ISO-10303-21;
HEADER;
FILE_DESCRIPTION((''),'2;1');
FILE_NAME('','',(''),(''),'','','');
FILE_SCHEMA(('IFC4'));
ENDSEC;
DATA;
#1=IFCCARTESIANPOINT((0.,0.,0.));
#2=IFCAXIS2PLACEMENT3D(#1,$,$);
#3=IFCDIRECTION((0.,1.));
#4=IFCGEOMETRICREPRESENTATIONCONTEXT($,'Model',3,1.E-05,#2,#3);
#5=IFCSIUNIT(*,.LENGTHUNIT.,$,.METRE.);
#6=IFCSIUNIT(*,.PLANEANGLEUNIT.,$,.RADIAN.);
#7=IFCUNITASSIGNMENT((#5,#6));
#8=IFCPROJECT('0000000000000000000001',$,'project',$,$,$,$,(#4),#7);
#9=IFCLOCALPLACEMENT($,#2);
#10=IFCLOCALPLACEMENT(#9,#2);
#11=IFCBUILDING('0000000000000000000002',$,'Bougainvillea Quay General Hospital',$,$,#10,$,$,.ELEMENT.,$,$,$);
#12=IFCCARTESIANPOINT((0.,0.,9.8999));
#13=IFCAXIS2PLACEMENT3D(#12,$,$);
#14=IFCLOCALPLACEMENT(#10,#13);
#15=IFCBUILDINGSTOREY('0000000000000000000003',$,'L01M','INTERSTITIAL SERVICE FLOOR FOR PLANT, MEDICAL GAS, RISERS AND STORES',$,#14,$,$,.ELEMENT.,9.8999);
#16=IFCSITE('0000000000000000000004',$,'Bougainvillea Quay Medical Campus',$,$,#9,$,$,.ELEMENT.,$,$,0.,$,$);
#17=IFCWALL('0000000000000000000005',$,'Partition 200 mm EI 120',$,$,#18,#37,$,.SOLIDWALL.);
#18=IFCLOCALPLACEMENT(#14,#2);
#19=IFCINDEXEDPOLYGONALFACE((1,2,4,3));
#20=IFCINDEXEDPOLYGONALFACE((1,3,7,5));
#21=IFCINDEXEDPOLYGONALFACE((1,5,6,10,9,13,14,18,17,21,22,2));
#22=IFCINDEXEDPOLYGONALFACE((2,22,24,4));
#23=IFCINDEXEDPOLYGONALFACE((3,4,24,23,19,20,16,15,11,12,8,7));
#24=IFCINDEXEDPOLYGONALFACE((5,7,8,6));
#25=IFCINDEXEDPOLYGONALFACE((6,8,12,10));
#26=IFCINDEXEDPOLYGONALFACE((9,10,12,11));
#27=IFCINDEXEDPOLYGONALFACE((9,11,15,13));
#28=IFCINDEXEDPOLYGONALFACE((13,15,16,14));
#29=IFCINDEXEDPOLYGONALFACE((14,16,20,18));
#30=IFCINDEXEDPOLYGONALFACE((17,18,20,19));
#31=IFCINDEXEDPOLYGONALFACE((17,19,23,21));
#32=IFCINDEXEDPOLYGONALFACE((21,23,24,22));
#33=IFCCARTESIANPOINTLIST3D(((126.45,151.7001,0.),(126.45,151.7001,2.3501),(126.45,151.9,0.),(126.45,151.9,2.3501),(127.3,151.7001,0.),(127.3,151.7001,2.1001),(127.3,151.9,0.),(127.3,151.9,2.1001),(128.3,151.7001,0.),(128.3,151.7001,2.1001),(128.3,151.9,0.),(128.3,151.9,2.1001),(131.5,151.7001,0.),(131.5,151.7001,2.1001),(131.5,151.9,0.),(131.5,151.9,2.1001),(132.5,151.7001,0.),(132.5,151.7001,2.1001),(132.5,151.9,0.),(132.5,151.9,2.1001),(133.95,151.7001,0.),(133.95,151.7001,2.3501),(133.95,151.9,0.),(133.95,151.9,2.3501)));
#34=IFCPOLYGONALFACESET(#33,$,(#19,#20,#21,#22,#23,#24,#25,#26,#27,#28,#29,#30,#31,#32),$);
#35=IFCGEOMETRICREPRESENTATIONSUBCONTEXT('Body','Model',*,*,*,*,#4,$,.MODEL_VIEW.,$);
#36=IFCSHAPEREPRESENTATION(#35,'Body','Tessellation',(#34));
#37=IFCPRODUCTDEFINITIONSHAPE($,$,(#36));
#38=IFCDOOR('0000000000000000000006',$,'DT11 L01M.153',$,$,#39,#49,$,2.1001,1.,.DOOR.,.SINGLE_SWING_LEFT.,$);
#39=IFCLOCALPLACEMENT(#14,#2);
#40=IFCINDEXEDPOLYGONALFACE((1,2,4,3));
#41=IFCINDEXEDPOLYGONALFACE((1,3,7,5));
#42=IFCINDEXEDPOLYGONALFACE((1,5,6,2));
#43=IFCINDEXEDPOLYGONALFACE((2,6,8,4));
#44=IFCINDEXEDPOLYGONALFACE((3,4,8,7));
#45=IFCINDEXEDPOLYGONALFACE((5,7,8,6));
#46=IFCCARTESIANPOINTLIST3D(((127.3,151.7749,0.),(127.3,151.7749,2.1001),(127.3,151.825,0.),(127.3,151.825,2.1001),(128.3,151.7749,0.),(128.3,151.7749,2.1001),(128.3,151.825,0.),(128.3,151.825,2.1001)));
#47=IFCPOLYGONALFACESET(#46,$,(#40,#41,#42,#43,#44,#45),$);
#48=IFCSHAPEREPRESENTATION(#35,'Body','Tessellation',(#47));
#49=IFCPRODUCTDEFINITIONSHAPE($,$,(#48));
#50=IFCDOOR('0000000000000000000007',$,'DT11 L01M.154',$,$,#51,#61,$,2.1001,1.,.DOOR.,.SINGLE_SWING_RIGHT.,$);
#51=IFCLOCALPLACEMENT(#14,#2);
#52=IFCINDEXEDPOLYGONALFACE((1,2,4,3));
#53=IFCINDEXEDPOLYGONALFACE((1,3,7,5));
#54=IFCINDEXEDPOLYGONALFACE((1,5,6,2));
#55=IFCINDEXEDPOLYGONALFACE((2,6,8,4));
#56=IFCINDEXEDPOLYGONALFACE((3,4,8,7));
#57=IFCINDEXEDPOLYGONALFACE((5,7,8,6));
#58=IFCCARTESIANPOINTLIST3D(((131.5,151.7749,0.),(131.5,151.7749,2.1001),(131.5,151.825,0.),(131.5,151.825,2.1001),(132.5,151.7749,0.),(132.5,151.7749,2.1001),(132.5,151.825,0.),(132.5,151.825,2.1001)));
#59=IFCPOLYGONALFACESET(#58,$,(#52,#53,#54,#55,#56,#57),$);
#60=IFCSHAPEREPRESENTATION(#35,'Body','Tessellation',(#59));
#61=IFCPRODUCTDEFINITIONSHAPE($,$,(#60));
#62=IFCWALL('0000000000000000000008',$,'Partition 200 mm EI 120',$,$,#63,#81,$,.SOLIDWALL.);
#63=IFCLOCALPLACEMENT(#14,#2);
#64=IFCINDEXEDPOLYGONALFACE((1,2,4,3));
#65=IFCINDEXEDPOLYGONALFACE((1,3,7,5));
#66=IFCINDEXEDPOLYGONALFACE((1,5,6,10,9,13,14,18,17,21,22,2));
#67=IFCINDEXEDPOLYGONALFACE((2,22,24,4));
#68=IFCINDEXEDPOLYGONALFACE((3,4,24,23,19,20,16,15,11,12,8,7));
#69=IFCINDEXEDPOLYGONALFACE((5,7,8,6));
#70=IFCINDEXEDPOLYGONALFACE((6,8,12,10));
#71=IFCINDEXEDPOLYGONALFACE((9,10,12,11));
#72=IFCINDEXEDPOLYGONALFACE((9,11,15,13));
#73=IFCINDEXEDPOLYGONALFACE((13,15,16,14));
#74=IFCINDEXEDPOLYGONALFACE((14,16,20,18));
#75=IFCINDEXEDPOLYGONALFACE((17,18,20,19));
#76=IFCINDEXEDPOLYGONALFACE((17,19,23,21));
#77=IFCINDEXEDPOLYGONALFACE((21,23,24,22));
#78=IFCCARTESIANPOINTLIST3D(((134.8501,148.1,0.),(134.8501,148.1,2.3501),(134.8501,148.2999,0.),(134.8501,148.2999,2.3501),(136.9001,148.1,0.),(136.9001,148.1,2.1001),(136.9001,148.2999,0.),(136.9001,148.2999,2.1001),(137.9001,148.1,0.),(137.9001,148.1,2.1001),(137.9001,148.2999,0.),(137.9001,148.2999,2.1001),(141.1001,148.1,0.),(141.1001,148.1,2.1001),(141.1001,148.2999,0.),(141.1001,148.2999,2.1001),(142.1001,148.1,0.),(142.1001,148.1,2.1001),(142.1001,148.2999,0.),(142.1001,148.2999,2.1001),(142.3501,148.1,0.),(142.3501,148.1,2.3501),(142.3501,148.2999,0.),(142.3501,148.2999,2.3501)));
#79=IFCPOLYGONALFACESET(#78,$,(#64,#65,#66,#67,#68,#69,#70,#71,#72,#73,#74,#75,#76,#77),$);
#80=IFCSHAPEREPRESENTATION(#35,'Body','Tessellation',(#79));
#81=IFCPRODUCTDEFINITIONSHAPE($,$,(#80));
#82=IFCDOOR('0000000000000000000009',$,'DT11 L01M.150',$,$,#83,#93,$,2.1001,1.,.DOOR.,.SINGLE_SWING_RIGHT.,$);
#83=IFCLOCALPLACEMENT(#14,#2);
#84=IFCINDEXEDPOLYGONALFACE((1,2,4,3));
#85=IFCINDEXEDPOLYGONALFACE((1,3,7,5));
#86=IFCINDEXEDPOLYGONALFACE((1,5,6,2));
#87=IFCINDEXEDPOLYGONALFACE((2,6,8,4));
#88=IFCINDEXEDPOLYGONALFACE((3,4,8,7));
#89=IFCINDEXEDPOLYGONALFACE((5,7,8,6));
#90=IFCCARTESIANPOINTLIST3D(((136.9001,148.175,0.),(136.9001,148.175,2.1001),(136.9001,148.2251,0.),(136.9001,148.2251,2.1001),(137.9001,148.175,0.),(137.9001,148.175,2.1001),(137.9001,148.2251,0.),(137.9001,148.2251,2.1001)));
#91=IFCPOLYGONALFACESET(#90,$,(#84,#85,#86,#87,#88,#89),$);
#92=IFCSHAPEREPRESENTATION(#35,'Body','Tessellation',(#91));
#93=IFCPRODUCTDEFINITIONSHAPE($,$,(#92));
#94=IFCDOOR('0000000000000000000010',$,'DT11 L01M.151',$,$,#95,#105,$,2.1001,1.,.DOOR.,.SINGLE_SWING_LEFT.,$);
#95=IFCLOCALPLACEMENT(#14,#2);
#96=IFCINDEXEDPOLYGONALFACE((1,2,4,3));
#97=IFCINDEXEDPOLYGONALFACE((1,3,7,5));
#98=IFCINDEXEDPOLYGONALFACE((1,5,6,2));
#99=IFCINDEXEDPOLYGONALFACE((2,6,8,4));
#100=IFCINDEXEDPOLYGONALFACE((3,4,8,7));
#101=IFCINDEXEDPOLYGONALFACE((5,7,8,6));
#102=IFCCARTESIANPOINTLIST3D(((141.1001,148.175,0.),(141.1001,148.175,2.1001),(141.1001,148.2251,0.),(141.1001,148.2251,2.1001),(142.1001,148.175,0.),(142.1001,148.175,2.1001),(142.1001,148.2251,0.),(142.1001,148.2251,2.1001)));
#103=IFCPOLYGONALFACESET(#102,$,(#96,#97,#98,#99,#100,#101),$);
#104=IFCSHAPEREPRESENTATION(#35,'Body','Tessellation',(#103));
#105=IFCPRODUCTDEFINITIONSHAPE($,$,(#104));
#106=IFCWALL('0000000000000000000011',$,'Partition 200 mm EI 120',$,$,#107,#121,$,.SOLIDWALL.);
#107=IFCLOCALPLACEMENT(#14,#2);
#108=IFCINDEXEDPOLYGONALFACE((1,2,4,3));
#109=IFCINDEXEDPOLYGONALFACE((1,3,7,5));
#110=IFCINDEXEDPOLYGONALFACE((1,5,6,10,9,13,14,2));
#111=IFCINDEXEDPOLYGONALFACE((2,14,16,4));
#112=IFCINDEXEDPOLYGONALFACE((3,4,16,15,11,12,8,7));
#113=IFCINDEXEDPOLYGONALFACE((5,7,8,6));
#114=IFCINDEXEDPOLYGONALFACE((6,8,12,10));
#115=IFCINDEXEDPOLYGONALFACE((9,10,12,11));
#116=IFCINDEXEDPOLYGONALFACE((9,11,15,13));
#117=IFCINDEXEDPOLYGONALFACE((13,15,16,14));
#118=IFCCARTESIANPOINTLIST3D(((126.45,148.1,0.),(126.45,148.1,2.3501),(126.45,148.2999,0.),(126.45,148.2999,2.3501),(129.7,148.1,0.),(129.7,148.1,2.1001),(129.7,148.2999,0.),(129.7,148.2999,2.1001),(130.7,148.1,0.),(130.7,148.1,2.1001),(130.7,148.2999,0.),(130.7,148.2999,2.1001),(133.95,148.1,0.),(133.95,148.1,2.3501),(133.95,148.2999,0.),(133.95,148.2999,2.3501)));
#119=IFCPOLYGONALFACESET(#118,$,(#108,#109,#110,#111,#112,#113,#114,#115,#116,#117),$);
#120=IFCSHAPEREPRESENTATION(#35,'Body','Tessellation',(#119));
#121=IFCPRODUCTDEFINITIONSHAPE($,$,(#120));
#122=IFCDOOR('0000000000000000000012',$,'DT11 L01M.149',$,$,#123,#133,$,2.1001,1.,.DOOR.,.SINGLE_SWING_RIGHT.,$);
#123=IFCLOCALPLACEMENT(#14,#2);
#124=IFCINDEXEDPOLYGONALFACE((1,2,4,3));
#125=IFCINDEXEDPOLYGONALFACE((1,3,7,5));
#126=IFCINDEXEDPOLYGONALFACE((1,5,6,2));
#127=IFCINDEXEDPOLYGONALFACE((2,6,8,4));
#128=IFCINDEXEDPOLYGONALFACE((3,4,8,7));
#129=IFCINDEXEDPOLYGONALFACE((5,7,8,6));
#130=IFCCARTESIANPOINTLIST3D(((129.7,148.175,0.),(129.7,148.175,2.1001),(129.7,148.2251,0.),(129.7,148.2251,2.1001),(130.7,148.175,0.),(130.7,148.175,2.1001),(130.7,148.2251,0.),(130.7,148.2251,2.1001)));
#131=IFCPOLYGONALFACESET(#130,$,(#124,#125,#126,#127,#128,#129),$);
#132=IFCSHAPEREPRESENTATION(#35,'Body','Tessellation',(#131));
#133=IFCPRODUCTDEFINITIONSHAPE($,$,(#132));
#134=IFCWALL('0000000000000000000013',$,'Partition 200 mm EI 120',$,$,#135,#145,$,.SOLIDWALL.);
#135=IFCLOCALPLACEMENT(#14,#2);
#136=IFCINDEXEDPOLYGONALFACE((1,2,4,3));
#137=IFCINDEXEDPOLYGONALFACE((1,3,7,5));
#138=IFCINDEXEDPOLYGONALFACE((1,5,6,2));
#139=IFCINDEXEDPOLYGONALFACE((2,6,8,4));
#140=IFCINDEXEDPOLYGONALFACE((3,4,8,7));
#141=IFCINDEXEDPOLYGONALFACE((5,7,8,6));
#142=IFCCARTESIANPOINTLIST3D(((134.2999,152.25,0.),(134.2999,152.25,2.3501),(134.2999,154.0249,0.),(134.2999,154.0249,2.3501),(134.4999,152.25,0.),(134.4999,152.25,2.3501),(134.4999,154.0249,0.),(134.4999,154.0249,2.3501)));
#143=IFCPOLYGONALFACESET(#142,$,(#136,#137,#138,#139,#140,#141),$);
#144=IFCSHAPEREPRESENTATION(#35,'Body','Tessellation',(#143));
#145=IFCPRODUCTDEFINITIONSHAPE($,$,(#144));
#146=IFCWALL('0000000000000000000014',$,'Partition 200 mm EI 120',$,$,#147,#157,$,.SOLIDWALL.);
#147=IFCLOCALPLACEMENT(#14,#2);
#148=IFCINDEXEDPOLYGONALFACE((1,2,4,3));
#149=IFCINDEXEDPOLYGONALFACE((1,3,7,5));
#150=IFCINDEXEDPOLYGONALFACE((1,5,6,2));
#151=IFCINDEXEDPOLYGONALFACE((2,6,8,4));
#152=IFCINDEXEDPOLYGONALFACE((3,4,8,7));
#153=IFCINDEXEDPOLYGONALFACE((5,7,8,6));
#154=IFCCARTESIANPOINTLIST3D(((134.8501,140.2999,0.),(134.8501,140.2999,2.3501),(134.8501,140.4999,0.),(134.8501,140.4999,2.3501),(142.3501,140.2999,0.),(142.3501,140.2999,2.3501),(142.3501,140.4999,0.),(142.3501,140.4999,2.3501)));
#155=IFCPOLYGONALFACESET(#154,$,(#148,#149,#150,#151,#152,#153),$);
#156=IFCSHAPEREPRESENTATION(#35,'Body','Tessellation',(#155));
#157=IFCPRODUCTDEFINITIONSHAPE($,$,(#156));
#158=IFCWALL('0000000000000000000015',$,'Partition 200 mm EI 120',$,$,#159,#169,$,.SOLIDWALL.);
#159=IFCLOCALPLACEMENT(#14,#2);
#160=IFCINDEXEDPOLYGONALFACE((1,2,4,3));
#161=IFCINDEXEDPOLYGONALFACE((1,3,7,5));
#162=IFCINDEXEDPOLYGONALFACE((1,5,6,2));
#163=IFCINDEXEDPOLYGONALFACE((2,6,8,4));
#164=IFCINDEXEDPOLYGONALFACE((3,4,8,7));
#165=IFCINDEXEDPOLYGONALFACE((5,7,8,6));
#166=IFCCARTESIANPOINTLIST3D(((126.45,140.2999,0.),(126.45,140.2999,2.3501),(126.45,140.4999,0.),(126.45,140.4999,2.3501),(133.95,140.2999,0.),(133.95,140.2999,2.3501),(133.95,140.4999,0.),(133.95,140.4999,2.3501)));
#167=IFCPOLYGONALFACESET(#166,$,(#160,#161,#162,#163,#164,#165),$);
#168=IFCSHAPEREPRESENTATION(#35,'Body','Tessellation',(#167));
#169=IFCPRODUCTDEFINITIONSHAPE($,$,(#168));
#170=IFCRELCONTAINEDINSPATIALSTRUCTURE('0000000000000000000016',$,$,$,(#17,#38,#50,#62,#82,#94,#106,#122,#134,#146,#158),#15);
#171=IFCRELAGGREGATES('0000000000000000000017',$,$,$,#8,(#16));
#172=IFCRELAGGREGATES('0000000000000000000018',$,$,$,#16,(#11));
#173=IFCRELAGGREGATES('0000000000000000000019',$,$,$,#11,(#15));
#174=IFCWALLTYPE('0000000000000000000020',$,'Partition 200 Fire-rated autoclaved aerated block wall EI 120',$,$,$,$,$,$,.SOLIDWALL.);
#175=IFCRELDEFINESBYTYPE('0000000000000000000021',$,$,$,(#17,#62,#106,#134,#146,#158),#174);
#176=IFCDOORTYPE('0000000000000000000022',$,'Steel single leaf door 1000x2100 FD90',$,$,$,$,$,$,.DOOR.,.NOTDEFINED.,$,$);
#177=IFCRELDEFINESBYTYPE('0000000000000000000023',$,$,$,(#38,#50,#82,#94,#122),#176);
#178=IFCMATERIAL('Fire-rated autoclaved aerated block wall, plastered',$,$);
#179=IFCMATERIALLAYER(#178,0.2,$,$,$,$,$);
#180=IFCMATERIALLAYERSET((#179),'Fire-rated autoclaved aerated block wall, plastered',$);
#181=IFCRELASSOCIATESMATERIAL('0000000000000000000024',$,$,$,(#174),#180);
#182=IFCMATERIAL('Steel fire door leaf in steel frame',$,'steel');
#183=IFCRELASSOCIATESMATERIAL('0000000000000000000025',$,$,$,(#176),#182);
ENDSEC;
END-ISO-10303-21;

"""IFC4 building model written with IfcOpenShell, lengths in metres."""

from ifc_helpers import new_model, si_unit, direction, frame, frame_2d, origin, place, context, subcontext, project, spatial, rectangle, extrude, material, layer, layer_set, type_object, element, fill, save


model = new_model("IFC4")

# Units and contexts
model_context = context("Model", 3, precision=1e-05, world=origin(), true_north=direction((0.0, 1.0)))
body_context = subcontext(model_context, "Body", "Model", "MODEL_VIEW")
ifc_project = project(units=[si_unit("LENGTHUNIT", "METRE"), si_unit("PLANEANGLEUNIT", "RADIAN")], contexts=[model_context])

# Site, building, storey
site_placement = place(None, origin())
site = spatial("IfcSite", under=ifc_project, at=site_placement, Name="Bougainvillea Quay Medical Campus", CompositionType="ELEMENT", RefElevation=0.0)
building_placement = place(site_placement, origin())
building = spatial("IfcBuilding", under=site, at=building_placement, Name="Bougainvillea Quay General Hospital", CompositionType="ELEMENT")
storey_placement = place(building_placement, frame((0.0, 0.0, 9.8999)))
storey = spatial("IfcBuildingStorey", under=building, at=storey_placement, Name="L01M", Description="INTERSTITIAL SERVICE FLOOR FOR PLANT, MEDICAL GAS, RISERS AND STORES", CompositionType="ELEMENT", Elevation=9.8999)

# Shared definitions
ifc_material_1 = material(Name="Fire-rated autoclaved aerated block wall, plastered")
ifc_layer_1 = layer(ifc_material_1, 0.2)
ifc_layer_set_1 = layer_set([ifc_layer_1], Name="Fire-rated autoclaved aerated block wall, plastered")
wall_type_1 = type_object("IfcWallType", Name="Partition 200 Fire-rated autoclaved aerated block wall EI 120", PredefinedType="SOLIDWALL", material=ifc_layer_set_1)
ifc_material_2 = material(Name="Steel fire door leaf in steel frame", Category="steel")

# Walls, openings, doors
wall_1_placement = place(storey_placement, frame((133.95, 151.8, 0.0), z_axis=(0.0, 0.0, 1.0), x_axis=(-1.0, 0.0, 0.0)))
wall_1 = element("IfcWall", 1, at=wall_1_placement, inside=storey, type_object=wall_type_1, Name="Partition 200 mm EI 120", PredefinedType="SOLIDWALL", context=body_context, shape_type="SweptSolid", body=[
    extrude(rectangle(XDim=7.5, YDim=0.2, at=frame_2d((3.75, 0.0))), origin(), (0.0, 0.0, 1.0), 2.3501),
])
opening_1_placement = place(wall_1_placement, frame((5.6499, 0.0, 0.0)))
opening_1 = element("IfcOpeningElement", 2, at=opening_1_placement, cuts=wall_1, PredefinedType="OPENING", context=body_context, shape_type="SweptSolid", body=[
    extrude(rectangle(XDim=1.0, YDim=2.1001, at=frame_2d((0.5, 1.05))), frame((0.0, 0.1099, 0.0), z_axis=(0.0, -1.0, 0.0), x_axis=(1.0, 0.0, 0.0)), (0.0, 0.0, 1.0), 0.22),
])
opening_2_placement = place(wall_1_placement, frame((1.45, 0.0, 0.0)))
opening_2 = element("IfcOpeningElement", 3, at=opening_2_placement, cuts=wall_1, PredefinedType="OPENING", context=body_context, shape_type="SweptSolid", body=[
    extrude(rectangle(XDim=1.0, YDim=2.1001, at=frame_2d((0.5, 1.05))), frame((0.0, 0.1099, 0.0), z_axis=(0.0, -1.0, 0.0), x_axis=(1.0, 0.0, 0.0)), (0.0, 0.0, 1.0), 0.22),
])
door_type_1 = type_object("IfcDoorType", Name="Steel single leaf door 1000x2100 FD90", OperationType="NOTDEFINED", PredefinedType="DOOR", material=ifc_material_2)
door_1_placement = place(opening_1_placement, frame((1.0, 0.0, 0.0), z_axis=(0.0, 0.0, 1.0), x_axis=(-1.0, 0.0, 0.0)))
door_1 = element("IfcDoor", 4, at=door_1_placement, inside=storey, type_object=door_type_1, Name="DT11 L01M.153", OperationType="SINGLE_SWING_LEFT", OverallHeight=2.1001, OverallWidth=1.0, PredefinedType="DOOR", context=body_context, shape_type="SweptSolid", body=[
    extrude(rectangle(XDim=1.0, YDim=2.1001, at=frame_2d((0.5, 1.05))), frame((0.0, 0.0249, 0.0), z_axis=(0.0, -1.0, 0.0), x_axis=(1.0, 0.0, 0.0)), (0.0, 0.0, 1.0), 0.05),
])
fill(opening_1, door_1)
door_2_placement = place(opening_2_placement, frame((1.0, 0.0, 0.0), z_axis=(0.0, 0.0, 1.0), x_axis=(-1.0, 0.0, 0.0)))
door_2 = element("IfcDoor", 5, at=door_2_placement, inside=storey, type_object=door_type_1, Name="DT11 L01M.154", OperationType="SINGLE_SWING_RIGHT", OverallHeight=2.1001, OverallWidth=1.0, PredefinedType="DOOR", context=body_context, shape_type="SweptSolid", body=[
    extrude(rectangle(XDim=1.0, YDim=2.1001, at=frame_2d((0.5, 1.05))), frame((0.0, 0.0249, 0.0), z_axis=(0.0, -1.0, 0.0), x_axis=(1.0, 0.0, 0.0)), (0.0, 0.0, 1.0), 0.05),
])
fill(opening_2, door_2)
wall_2_placement = place(storey_placement, frame((142.3501, 148.2, 0.0), z_axis=(0.0, 0.0, 1.0), x_axis=(-1.0, 0.0, 0.0)))
wall_2 = element("IfcWall", 6, at=wall_2_placement, inside=storey, type_object=wall_type_1, Name="Partition 200 mm EI 120", PredefinedType="SOLIDWALL", context=body_context, shape_type="SweptSolid", body=[
    extrude(rectangle(XDim=7.5, YDim=0.2, at=frame_2d((3.75, 0.0))), origin(), (0.0, 0.0, 1.0), 2.3501),
])
opening_3_placement = place(wall_2_placement, frame((4.45, 0.0, 0.0)))
opening_3 = element("IfcOpeningElement", 7, at=opening_3_placement, cuts=wall_2, PredefinedType="OPENING", context=body_context, shape_type="SweptSolid", body=[
    extrude(rectangle(XDim=1.0, YDim=2.1001, at=frame_2d((0.5, 1.05))), frame((0.0, 0.1099, 0.0), z_axis=(0.0, -1.0, 0.0), x_axis=(1.0, 0.0, 0.0)), (0.0, 0.0, 1.0), 0.22),
])
opening_4_placement = place(wall_2_placement, frame((0.25, 0.0, 0.0)))
opening_4 = element("IfcOpeningElement", 8, at=opening_4_placement, cuts=wall_2, PredefinedType="OPENING", context=body_context, shape_type="SweptSolid", body=[
    extrude(rectangle(XDim=1.0, YDim=2.1001, at=frame_2d((0.5, 1.05))), frame((0.0, 0.1099, 0.0), z_axis=(0.0, -1.0, 0.0), x_axis=(1.0, 0.0, 0.0)), (0.0, 0.0, 1.0), 0.22),
])
door_3_placement = place(opening_3_placement, origin())
door_3 = element("IfcDoor", 9, at=door_3_placement, inside=storey, type_object=door_type_1, Name="DT11 L01M.150", OperationType="SINGLE_SWING_RIGHT", OverallHeight=2.1001, OverallWidth=1.0, PredefinedType="DOOR", context=body_context, shape_type="SweptSolid", body=[
    extrude(rectangle(XDim=1.0, YDim=2.1001, at=frame_2d((0.5, 1.05))), frame((0.0, 0.0249, 0.0), z_axis=(0.0, -1.0, 0.0), x_axis=(1.0, 0.0, 0.0)), (0.0, 0.0, 1.0), 0.05),
])
fill(opening_3, door_3)
door_4_placement = place(opening_4_placement, origin())
door_4 = element("IfcDoor", 10, at=door_4_placement, inside=storey, type_object=door_type_1, Name="DT11 L01M.151", OperationType="SINGLE_SWING_LEFT", OverallHeight=2.1001, OverallWidth=1.0, PredefinedType="DOOR", context=body_context, shape_type="SweptSolid", body=[
    extrude(rectangle(XDim=1.0, YDim=2.1001, at=frame_2d((0.5, 1.05))), frame((0.0, 0.0249, 0.0), z_axis=(0.0, -1.0, 0.0), x_axis=(1.0, 0.0, 0.0)), (0.0, 0.0, 1.0), 0.05),
])
fill(opening_4, door_4)

# Wall, opening, door
wall_3_placement = place(storey_placement, frame((133.95, 148.2, 0.0), z_axis=(0.0, 0.0, 1.0), x_axis=(-1.0, 0.0, 0.0)))
wall_3 = element("IfcWall", 11, at=wall_3_placement, inside=storey, type_object=wall_type_1, Name="Partition 200 mm EI 120", PredefinedType="SOLIDWALL", context=body_context, shape_type="SweptSolid", body=[
    extrude(rectangle(XDim=7.5, YDim=0.2, at=frame_2d((3.75, 0.0))), origin(), (0.0, 0.0, 1.0), 2.3501),
])
opening_5_placement = place(wall_3_placement, frame((3.25, 0.0, 0.0)))
opening_5 = element("IfcOpeningElement", 12, at=opening_5_placement, cuts=wall_3, PredefinedType="OPENING", context=body_context, shape_type="SweptSolid", body=[
    extrude(rectangle(XDim=1.0, YDim=2.1001, at=frame_2d((0.5, 1.05))), frame((0.0, 0.1099, 0.0), z_axis=(0.0, -1.0, 0.0), x_axis=(1.0, 0.0, 0.0)), (0.0, 0.0, 1.0), 0.22),
])
door_5_placement = place(opening_5_placement, origin())
door_5 = element("IfcDoor", 13, at=door_5_placement, inside=storey, type_object=door_type_1, Name="DT11 L01M.149", OperationType="SINGLE_SWING_RIGHT", OverallHeight=2.1001, OverallWidth=1.0, PredefinedType="DOOR", context=body_context, shape_type="SweptSolid", body=[
    extrude(rectangle(XDim=1.0, YDim=2.1001, at=frame_2d((0.5, 1.05))), frame((0.0, 0.0249, 0.0), z_axis=(0.0, -1.0, 0.0), x_axis=(1.0, 0.0, 0.0)), (0.0, 0.0, 1.0), 0.05),
])
fill(opening_5, door_5)

# Walls
wall_4_placement = place(storey_placement, frame((134.3999, 152.25, 0.0), z_axis=(0.0, 0.0, 1.0), x_axis=(0.0, 1.0, 0.0)))
element("IfcWall", 14, at=wall_4_placement, inside=storey, type_object=wall_type_1, Name="Partition 200 mm EI 120", PredefinedType="SOLIDWALL", context=body_context, shape_type="SweptSolid", body=[
    extrude(rectangle(XDim=1.7749, YDim=0.2, at=frame_2d((0.8875, 0.0))), origin(), (0.0, 0.0, 1.0), 2.3501),
])
for number, where, z_axis, x_axis, name in (
    (15, (142.3501, 140.3999, 0.0), (0.0, 0.0, 1.0), (-1.0, 0.0, 0.0), "Partition 200 mm EI 120"),
    (16, (133.95, 140.3999, 0.0), (0.0, 0.0, 1.0), (-1.0, 0.0, 0.0), "Partition 200 mm EI 120"),
):
    element("IfcWall", number, at=place(storey_placement, frame(where, z_axis=z_axis, x_axis=x_axis)), inside=storey, type_object=wall_type_1, Name=name, PredefinedType="SOLIDWALL", context=body_context, shape_type="SweptSolid", body=[
        extrude(rectangle(XDim=7.5, YDim=0.2, at=frame_2d((3.75, 0.0))), origin(), (0.0, 0.0, 1.0), 2.3501),
    ])

save(model, "model.ifc")
